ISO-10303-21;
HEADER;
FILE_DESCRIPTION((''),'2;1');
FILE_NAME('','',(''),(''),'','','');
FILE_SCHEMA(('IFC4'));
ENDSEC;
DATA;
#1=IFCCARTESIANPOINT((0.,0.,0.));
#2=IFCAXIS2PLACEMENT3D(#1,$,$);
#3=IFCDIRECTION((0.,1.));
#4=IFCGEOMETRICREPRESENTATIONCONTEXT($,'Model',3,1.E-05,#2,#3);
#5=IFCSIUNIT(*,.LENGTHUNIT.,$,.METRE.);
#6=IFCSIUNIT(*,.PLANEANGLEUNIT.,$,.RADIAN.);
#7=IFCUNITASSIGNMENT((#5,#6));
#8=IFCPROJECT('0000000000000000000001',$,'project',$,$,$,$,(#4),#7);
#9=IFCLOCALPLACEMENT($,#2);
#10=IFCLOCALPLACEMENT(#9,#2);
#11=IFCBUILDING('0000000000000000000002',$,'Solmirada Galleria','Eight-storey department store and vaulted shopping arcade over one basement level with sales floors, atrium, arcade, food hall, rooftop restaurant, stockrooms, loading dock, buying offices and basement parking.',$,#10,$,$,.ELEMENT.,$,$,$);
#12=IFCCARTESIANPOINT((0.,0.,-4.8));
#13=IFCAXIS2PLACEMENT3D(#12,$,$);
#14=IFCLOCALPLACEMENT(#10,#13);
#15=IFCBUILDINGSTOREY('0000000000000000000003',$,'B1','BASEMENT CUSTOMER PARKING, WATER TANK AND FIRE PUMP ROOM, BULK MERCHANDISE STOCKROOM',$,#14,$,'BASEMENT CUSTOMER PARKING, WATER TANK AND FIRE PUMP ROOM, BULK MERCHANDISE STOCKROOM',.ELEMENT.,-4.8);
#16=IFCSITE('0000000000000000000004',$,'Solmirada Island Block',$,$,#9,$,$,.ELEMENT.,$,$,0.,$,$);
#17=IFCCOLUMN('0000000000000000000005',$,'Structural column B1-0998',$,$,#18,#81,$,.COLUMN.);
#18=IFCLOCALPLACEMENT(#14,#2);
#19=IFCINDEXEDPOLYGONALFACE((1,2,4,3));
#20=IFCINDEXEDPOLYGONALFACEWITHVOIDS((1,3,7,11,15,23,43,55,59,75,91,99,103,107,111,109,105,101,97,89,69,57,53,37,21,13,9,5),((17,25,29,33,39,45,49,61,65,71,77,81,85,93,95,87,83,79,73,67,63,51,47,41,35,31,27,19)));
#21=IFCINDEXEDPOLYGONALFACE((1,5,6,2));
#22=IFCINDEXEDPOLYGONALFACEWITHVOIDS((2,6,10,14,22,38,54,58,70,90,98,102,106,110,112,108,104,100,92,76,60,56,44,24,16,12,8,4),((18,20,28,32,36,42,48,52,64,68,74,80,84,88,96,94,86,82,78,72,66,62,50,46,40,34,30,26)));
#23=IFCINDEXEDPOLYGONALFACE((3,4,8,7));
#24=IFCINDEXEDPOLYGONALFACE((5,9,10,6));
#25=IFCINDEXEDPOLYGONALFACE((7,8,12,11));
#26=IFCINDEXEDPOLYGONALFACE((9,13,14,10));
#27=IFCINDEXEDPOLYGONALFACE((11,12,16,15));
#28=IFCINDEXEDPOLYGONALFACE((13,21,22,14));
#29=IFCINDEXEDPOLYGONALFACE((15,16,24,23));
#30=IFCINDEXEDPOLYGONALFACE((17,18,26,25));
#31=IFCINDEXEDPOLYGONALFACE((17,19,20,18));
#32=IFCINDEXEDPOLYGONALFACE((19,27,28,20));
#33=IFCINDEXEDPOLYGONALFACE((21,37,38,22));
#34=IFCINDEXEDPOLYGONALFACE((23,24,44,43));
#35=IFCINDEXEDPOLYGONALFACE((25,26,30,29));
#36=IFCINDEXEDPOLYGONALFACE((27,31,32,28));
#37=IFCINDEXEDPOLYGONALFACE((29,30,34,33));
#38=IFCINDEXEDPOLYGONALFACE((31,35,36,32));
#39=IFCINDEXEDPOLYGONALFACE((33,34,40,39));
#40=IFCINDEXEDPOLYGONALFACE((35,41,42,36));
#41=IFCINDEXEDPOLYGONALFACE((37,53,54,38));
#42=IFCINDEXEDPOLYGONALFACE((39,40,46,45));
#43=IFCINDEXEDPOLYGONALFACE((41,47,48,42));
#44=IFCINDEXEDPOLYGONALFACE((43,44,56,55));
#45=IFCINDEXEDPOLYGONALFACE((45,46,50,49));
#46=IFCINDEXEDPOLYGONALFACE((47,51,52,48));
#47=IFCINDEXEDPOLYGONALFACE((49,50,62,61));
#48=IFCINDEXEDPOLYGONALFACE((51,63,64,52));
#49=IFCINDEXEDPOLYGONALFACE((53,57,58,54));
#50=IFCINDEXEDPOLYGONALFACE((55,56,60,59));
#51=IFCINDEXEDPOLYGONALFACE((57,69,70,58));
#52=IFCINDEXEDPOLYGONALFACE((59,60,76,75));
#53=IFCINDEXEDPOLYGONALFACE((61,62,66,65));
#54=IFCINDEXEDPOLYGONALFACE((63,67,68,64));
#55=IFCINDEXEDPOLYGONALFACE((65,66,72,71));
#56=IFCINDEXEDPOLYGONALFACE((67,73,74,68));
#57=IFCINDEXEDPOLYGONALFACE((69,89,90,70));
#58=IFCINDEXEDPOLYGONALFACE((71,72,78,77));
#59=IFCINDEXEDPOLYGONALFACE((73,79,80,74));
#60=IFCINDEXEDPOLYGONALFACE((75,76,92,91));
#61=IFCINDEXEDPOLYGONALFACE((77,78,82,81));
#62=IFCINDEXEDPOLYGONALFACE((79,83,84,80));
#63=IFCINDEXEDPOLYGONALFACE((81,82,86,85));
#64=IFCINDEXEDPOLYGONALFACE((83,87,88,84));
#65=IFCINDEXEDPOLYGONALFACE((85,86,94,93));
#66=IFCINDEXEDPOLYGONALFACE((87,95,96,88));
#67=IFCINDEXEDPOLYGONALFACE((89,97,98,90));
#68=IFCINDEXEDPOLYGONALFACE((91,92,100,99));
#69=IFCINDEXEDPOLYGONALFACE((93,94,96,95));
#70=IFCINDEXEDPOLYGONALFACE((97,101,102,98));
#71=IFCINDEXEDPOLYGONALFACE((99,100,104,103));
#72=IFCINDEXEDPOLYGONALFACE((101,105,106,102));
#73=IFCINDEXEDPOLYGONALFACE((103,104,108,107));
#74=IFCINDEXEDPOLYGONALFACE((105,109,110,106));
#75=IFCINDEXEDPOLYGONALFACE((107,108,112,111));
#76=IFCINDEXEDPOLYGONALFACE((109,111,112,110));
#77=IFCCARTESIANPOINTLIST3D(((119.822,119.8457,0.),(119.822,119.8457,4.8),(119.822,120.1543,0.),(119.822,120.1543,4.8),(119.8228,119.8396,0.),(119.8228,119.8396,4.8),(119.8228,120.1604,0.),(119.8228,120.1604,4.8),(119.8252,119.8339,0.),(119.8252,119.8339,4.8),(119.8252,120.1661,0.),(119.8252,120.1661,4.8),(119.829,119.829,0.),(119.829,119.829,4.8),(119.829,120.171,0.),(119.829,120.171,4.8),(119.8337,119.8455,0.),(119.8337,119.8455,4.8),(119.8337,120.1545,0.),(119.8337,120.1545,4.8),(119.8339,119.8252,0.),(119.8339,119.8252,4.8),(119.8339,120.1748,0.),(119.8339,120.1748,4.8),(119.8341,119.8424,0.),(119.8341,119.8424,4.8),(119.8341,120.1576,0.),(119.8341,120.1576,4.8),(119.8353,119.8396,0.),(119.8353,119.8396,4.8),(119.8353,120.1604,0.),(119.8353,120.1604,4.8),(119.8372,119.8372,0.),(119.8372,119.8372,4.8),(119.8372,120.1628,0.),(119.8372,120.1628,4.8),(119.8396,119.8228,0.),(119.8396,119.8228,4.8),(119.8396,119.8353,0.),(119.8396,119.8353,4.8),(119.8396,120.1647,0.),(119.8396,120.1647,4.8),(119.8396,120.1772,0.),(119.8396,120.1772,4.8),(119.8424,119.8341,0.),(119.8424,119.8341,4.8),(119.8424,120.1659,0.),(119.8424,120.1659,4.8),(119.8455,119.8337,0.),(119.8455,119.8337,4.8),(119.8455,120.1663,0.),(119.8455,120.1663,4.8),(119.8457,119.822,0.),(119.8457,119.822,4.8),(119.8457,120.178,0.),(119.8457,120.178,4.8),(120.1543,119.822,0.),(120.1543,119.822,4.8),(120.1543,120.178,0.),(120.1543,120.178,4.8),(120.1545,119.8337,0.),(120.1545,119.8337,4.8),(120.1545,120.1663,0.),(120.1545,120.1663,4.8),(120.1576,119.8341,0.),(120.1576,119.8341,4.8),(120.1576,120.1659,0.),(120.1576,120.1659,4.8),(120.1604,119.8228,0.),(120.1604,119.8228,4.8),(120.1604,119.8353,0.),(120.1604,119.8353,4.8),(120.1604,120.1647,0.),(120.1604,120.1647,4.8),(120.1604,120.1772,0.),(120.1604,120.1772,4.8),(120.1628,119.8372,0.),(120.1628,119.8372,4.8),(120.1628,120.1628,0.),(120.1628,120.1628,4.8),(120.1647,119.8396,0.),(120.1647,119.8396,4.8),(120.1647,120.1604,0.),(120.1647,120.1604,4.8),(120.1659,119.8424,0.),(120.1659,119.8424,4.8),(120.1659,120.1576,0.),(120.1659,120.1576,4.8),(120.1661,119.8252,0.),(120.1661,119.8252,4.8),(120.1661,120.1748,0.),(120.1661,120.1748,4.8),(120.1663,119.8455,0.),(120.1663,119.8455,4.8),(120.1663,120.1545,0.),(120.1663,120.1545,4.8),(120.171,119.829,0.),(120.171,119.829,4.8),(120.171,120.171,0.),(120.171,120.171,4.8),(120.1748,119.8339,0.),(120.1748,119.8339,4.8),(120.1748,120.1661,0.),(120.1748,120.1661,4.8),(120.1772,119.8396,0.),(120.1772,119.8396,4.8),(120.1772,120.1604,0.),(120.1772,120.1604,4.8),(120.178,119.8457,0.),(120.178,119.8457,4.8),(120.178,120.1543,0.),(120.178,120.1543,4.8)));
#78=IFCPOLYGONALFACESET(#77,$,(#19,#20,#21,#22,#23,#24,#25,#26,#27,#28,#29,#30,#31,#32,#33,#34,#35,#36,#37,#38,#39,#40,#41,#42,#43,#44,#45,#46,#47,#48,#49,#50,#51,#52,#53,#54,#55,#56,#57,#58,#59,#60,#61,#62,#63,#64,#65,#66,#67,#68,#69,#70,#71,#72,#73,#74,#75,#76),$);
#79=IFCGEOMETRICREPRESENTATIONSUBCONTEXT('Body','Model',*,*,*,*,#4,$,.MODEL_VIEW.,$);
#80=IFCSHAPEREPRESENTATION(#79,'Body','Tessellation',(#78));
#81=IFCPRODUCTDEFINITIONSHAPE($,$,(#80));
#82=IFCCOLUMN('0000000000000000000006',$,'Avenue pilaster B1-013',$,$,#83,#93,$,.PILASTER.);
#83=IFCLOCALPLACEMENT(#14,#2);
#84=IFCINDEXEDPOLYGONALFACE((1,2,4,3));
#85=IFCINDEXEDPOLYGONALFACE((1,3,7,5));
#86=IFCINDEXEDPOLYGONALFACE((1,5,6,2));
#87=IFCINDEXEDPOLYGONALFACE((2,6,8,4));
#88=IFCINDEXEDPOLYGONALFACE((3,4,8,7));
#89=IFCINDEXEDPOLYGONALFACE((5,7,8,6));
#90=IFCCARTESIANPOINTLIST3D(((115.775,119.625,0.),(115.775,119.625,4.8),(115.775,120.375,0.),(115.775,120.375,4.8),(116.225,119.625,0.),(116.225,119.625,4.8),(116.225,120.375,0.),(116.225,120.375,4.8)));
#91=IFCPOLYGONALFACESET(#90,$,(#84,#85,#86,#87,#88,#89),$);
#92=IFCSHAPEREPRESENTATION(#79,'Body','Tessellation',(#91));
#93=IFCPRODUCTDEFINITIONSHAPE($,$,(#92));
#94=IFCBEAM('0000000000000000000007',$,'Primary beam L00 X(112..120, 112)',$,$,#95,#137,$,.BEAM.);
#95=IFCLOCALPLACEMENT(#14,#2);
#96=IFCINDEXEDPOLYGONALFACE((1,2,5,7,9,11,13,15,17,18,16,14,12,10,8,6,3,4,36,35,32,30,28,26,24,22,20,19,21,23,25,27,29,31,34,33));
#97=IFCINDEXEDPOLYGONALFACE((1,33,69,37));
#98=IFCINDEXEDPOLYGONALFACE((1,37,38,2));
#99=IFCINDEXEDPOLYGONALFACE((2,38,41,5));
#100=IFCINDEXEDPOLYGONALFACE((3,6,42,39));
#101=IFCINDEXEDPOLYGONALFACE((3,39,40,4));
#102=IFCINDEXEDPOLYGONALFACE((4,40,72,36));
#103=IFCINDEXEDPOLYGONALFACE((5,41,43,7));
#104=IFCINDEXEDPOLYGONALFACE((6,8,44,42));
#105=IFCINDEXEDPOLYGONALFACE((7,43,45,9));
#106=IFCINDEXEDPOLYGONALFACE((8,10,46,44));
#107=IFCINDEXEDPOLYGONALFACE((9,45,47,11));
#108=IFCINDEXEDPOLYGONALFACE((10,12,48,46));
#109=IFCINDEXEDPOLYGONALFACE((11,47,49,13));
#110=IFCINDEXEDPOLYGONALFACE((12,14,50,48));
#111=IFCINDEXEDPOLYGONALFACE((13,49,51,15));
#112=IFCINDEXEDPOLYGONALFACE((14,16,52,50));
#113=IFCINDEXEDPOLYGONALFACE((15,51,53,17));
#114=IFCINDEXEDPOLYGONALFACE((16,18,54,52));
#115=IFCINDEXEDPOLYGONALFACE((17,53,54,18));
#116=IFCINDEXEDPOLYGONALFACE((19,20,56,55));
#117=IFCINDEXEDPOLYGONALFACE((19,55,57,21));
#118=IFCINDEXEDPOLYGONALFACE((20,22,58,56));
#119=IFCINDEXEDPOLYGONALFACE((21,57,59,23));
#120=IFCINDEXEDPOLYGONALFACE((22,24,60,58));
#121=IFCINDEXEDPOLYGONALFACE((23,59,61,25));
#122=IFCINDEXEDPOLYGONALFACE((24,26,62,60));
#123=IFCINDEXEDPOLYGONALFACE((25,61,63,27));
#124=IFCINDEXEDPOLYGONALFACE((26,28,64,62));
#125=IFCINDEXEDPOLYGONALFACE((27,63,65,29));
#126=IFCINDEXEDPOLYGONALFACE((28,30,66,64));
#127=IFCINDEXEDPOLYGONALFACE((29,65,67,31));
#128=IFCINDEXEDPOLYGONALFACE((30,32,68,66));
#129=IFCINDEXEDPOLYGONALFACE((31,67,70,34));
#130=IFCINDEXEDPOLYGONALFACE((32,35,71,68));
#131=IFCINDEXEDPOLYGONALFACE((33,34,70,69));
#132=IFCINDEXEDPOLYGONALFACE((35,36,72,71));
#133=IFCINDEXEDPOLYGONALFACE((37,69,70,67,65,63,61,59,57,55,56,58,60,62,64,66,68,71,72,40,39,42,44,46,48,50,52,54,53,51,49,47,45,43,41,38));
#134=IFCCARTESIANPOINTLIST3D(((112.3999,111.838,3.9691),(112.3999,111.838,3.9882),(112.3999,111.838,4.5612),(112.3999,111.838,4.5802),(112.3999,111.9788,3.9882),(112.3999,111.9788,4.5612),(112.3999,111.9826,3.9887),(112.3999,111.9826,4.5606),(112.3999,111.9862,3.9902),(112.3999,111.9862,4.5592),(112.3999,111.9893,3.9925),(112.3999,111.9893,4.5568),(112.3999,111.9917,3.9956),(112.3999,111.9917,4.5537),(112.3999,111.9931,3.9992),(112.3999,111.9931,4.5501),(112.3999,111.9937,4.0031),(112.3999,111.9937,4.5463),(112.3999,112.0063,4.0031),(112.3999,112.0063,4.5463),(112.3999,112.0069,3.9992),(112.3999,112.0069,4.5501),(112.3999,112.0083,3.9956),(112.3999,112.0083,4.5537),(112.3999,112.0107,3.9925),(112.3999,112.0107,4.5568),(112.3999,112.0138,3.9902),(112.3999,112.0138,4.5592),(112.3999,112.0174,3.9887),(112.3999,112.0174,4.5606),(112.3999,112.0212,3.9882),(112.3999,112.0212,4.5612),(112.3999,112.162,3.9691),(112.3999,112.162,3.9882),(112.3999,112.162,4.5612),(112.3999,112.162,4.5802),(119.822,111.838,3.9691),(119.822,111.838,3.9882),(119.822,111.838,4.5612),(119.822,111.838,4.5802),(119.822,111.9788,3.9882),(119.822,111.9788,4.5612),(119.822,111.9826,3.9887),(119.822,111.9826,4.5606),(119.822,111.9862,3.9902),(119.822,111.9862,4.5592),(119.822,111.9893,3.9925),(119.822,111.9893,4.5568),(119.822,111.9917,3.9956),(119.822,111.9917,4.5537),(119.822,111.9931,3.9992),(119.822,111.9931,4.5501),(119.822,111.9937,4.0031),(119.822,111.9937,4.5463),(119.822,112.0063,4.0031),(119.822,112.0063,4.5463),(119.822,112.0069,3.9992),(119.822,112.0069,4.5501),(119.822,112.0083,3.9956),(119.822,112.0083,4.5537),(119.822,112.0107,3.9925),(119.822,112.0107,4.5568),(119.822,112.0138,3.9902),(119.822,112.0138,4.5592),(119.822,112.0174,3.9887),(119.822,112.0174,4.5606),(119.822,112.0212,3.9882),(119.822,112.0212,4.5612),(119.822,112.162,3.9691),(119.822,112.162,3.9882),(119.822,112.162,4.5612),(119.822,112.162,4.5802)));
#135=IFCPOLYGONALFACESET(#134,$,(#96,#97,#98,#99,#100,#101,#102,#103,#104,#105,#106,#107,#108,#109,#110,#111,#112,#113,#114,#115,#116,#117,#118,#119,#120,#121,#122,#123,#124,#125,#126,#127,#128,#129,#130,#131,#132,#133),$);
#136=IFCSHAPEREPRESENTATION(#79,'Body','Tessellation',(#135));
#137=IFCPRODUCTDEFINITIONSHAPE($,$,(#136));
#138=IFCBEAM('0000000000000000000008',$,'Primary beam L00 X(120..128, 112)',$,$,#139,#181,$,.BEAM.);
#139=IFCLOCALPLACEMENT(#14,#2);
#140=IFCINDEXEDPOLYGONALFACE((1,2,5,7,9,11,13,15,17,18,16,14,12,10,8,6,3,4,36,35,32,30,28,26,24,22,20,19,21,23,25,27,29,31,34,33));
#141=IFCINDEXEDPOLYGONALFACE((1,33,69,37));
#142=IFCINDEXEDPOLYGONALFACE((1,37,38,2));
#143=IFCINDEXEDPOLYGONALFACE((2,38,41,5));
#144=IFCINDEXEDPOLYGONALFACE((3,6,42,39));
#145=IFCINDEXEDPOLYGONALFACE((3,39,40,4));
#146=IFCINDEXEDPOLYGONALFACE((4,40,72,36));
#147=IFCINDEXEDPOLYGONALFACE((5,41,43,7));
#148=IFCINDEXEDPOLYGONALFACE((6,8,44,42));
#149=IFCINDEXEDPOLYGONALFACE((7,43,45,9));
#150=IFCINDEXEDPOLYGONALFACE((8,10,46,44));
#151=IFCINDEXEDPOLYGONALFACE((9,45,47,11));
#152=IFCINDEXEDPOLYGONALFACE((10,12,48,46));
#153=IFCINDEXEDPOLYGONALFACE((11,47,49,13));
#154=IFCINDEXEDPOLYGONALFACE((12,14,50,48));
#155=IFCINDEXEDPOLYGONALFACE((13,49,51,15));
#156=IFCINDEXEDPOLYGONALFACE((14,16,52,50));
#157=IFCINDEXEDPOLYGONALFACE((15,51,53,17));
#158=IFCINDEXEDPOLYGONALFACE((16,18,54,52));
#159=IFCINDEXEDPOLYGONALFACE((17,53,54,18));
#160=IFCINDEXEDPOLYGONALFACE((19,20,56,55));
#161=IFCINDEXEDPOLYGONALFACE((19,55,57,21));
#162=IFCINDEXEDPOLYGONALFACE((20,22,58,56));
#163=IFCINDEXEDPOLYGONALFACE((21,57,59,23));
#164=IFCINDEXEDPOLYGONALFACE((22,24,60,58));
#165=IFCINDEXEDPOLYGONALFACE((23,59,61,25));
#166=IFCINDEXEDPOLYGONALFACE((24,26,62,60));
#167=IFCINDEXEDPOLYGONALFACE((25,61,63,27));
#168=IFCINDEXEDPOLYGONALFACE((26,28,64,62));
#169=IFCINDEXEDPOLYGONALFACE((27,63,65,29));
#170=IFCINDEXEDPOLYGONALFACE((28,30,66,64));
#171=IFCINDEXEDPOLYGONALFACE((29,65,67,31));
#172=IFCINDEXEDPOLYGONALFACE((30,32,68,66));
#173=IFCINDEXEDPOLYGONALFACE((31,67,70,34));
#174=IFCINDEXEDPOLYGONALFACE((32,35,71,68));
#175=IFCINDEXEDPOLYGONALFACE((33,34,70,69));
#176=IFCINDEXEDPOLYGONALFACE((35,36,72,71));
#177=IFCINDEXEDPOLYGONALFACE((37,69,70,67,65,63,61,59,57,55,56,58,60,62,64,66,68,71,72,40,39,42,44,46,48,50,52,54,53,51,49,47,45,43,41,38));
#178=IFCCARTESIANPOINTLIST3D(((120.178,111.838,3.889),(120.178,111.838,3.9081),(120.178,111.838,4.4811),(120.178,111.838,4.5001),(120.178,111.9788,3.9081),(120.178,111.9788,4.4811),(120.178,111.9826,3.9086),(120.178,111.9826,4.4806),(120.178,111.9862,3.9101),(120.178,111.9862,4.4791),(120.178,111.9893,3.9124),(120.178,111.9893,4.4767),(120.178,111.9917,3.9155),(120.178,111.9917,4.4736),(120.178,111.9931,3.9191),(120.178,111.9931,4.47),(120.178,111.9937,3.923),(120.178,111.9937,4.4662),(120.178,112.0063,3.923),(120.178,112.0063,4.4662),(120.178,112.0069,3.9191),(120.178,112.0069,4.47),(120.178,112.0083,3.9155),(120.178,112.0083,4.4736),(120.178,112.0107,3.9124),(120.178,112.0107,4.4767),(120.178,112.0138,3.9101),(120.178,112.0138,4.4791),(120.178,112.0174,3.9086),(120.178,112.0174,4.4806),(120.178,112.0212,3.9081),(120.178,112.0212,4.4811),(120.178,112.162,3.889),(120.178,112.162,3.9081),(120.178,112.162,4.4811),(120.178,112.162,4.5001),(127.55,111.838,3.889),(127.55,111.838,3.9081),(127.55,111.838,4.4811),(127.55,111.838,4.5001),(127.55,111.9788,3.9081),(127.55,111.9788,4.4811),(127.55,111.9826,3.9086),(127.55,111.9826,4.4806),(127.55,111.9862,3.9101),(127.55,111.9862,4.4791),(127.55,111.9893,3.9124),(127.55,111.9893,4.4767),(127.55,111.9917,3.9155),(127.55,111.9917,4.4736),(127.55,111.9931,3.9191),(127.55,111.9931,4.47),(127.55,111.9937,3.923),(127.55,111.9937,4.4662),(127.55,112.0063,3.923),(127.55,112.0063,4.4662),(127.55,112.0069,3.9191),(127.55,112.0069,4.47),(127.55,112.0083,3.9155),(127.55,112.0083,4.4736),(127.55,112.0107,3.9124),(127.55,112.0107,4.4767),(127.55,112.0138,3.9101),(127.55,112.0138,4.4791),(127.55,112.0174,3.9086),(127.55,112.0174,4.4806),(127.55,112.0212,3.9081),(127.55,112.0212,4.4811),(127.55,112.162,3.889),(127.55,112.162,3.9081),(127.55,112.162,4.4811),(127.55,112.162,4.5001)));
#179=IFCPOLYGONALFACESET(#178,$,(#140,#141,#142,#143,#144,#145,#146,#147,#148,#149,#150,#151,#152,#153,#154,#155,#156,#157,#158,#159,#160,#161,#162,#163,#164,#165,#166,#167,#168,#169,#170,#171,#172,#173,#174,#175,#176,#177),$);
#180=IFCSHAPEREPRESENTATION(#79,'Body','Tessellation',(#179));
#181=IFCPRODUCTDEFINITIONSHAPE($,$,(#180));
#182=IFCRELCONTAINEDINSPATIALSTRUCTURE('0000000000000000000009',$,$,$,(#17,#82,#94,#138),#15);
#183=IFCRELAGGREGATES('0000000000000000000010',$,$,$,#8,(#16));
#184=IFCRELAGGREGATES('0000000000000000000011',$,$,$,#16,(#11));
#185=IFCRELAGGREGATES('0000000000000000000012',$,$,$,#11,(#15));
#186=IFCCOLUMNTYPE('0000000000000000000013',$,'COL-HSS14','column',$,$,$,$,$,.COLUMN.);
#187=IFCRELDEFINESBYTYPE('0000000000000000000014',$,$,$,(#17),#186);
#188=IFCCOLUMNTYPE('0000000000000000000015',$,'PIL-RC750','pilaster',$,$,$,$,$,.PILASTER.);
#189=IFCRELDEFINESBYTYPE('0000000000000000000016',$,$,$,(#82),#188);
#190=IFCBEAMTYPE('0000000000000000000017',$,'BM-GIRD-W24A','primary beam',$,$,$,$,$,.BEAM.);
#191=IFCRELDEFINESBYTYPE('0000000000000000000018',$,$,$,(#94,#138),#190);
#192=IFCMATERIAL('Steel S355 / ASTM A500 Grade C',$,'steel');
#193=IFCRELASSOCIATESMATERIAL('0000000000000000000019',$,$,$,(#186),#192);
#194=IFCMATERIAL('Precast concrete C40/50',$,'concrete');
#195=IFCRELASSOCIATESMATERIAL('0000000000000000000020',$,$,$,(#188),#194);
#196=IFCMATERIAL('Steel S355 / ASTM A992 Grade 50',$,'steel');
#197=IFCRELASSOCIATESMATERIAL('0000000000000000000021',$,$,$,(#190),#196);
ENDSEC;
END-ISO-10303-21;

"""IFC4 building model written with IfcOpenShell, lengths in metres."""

from ifc_helpers import new_model, si_unit, direction, frame, origin, origin_2d, place, context, subcontext, project, spatial, rectangle, hollow_rectangle, i_section, extrude, material, material_profile, profile_set, type_object, element, save


model = new_model("IFC4")

# Units and contexts
model_context = context("Model", 3, precision=1e-05, world=origin(), true_north=direction((0.0, 1.0)))
body_context = subcontext(model_context, "Body", "Model", "MODEL_VIEW")
ifc_project = project(units=[si_unit("LENGTHUNIT", "METRE"), si_unit("PLANEANGLEUNIT", "RADIAN")], contexts=[model_context])

# Site, building, storey
site_placement = place(None, origin())
site = spatial("IfcSite", under=ifc_project, at=site_placement, Name="Solmirada Island Block", CompositionType="ELEMENT", RefElevation=0.0)
building_placement = place(site_placement, origin())
building = spatial("IfcBuilding", under=site, at=building_placement, Name="Solmirada Galleria", Description="Eight-storey department store and vaulted shopping arcade over one basement level with sales floors, atrium, arcade, food hall, rooftop restaurant, stockrooms, loading dock, buying offices and basement parking.", CompositionType="ELEMENT")
storey_placement = place(building_placement, frame((0.0, 0.0, -4.8)))
storey = spatial("IfcBuildingStorey", under=building, at=storey_placement, Name="B1", Description="BASEMENT CUSTOMER PARKING, WATER TANK AND FIRE PUMP ROOM, BULK MERCHANDISE STOCKROOM", LongName="BASEMENT CUSTOMER PARKING, WATER TANK AND FIRE PUMP ROOM, BULK MERCHANDISE STOCKROOM", CompositionType="ELEMENT", Elevation=-4.8)

# Columns
ifc_material_1 = material(Name="Steel S355 / ASTM A500 Grade C", Category="steel")
ifc_material_profile_1 = material_profile(ifc_material_1, hollow_rectangle(XDim=0.356, YDim=0.356, WallThickness=0.0117, InnerFilletRadius=0.0117, OuterFilletRadius=0.0237, at=origin_2d()), Name="HSS14X14X1/2")
ifc_profile_set_1 = profile_set([ifc_material_profile_1], Name="Steel S355 / ASTM A500 Grade C")
column_type_1 = type_object("IfcColumnType", Name="COL-HSS14", Description="column", PredefinedType="COLUMN", material=ifc_profile_set_1)
for number, where, z_axis, x_axis, name in (
    (1, (120.0, 120.0, 0.0), (0.0, 0.0, 1.0), (1.0, 0.0, 0.0), "Structural column B1-0998"),
):
    element("IfcColumn", number, at=place(storey_placement, frame(where, z_axis=z_axis, x_axis=x_axis)), inside=storey, type_object=column_type_1, Name=name, PredefinedType="COLUMN", context=body_context, shape_type="SweptSolid", body=[
        extrude(hollow_rectangle(XDim=0.356, YDim=0.356, WallThickness=0.0117, InnerFilletRadius=0.0117, OuterFilletRadius=0.0237, at=origin_2d()), origin(), (0.0, 0.0, 1.0), 4.8),
    ])
ifc_material_2 = material(Name="Precast concrete C40/50", Category="concrete")
ifc_material_profile_2 = material_profile(ifc_material_2, rectangle(XDim=0.45, YDim=0.75, at=origin_2d()), Name="RC750X450")
ifc_profile_set_2 = profile_set([ifc_material_profile_2], Name="Precast concrete C40/50")
column_type_2 = type_object("IfcColumnType", Name="PIL-RC750", Description="pilaster", PredefinedType="PILASTER", material=ifc_profile_set_2)
column_placement = place(storey_placement, frame((116.0, 120.0, 0.0), z_axis=(0.0, 0.0, 1.0), x_axis=(1.0, 0.0, 0.0)))
element("IfcColumn", 2, at=column_placement, inside=storey, type_object=column_type_2, Name="Avenue pilaster B1-013", PredefinedType="PILASTER", context=body_context, shape_type="SweptSolid", body=[
    extrude(rectangle(XDim=0.45, YDim=0.75, at=origin_2d()), origin(), (0.0, 0.0, 1.0), 4.8),
])

# Beams
ifc_material_3 = material(Name="Steel S355 / ASTM A992 Grade 50", Category="steel")
ifc_material_profile_3 = material_profile(ifc_material_3, i_section(OverallWidth=0.324, OverallDepth=0.6111, WebThickness=0.0127, FlangeThickness=0.019, FilletRadius=0.0149, at=origin_2d()), Name="W24X104")
ifc_profile_set_3 = profile_set([ifc_material_profile_3], Name="Steel S355 / ASTM A992 Grade 50")
beam_type_1 = type_object("IfcBeamType", Name="BM-GIRD-W24A", Description="primary beam", PredefinedType="BEAM", material=ifc_profile_set_3)
beam_1_placement = place(storey_placement, frame((112.3999, 112.0, 4.2747), z_axis=(1.0, 0.0, 0.0), x_axis=(0.0, 1.0, 0.0)))
element("IfcBeam", 3, at=beam_1_placement, inside=storey, type_object=beam_type_1, Name="Primary beam L00 X(112..120, 112)", PredefinedType="BEAM", context=body_context, shape_type="SweptSolid", body=[
    extrude(i_section(OverallWidth=0.324, OverallDepth=0.6111, WebThickness=0.0127, FlangeThickness=0.019, FilletRadius=0.0149, at=origin_2d()), origin(), (0.0, 0.0, 1.0), 7.4221),
])
beam_2_placement = place(storey_placement, frame((120.178, 112.0, 4.1946), z_axis=(1.0, 0.0, 0.0), x_axis=(0.0, 1.0, 0.0)))
element("IfcBeam", 4, at=beam_2_placement, inside=storey, type_object=beam_type_1, Name="Primary beam L00 X(120..128, 112)", PredefinedType="BEAM", context=body_context, shape_type="SweptSolid", body=[
    extrude(i_section(OverallWidth=0.324, OverallDepth=0.6111, WebThickness=0.0127, FlangeThickness=0.019, FilletRadius=0.0149, at=origin_2d()), origin(), (0.0, 0.0, 1.0), 7.3721),
])

save(model, "model.ifc")
